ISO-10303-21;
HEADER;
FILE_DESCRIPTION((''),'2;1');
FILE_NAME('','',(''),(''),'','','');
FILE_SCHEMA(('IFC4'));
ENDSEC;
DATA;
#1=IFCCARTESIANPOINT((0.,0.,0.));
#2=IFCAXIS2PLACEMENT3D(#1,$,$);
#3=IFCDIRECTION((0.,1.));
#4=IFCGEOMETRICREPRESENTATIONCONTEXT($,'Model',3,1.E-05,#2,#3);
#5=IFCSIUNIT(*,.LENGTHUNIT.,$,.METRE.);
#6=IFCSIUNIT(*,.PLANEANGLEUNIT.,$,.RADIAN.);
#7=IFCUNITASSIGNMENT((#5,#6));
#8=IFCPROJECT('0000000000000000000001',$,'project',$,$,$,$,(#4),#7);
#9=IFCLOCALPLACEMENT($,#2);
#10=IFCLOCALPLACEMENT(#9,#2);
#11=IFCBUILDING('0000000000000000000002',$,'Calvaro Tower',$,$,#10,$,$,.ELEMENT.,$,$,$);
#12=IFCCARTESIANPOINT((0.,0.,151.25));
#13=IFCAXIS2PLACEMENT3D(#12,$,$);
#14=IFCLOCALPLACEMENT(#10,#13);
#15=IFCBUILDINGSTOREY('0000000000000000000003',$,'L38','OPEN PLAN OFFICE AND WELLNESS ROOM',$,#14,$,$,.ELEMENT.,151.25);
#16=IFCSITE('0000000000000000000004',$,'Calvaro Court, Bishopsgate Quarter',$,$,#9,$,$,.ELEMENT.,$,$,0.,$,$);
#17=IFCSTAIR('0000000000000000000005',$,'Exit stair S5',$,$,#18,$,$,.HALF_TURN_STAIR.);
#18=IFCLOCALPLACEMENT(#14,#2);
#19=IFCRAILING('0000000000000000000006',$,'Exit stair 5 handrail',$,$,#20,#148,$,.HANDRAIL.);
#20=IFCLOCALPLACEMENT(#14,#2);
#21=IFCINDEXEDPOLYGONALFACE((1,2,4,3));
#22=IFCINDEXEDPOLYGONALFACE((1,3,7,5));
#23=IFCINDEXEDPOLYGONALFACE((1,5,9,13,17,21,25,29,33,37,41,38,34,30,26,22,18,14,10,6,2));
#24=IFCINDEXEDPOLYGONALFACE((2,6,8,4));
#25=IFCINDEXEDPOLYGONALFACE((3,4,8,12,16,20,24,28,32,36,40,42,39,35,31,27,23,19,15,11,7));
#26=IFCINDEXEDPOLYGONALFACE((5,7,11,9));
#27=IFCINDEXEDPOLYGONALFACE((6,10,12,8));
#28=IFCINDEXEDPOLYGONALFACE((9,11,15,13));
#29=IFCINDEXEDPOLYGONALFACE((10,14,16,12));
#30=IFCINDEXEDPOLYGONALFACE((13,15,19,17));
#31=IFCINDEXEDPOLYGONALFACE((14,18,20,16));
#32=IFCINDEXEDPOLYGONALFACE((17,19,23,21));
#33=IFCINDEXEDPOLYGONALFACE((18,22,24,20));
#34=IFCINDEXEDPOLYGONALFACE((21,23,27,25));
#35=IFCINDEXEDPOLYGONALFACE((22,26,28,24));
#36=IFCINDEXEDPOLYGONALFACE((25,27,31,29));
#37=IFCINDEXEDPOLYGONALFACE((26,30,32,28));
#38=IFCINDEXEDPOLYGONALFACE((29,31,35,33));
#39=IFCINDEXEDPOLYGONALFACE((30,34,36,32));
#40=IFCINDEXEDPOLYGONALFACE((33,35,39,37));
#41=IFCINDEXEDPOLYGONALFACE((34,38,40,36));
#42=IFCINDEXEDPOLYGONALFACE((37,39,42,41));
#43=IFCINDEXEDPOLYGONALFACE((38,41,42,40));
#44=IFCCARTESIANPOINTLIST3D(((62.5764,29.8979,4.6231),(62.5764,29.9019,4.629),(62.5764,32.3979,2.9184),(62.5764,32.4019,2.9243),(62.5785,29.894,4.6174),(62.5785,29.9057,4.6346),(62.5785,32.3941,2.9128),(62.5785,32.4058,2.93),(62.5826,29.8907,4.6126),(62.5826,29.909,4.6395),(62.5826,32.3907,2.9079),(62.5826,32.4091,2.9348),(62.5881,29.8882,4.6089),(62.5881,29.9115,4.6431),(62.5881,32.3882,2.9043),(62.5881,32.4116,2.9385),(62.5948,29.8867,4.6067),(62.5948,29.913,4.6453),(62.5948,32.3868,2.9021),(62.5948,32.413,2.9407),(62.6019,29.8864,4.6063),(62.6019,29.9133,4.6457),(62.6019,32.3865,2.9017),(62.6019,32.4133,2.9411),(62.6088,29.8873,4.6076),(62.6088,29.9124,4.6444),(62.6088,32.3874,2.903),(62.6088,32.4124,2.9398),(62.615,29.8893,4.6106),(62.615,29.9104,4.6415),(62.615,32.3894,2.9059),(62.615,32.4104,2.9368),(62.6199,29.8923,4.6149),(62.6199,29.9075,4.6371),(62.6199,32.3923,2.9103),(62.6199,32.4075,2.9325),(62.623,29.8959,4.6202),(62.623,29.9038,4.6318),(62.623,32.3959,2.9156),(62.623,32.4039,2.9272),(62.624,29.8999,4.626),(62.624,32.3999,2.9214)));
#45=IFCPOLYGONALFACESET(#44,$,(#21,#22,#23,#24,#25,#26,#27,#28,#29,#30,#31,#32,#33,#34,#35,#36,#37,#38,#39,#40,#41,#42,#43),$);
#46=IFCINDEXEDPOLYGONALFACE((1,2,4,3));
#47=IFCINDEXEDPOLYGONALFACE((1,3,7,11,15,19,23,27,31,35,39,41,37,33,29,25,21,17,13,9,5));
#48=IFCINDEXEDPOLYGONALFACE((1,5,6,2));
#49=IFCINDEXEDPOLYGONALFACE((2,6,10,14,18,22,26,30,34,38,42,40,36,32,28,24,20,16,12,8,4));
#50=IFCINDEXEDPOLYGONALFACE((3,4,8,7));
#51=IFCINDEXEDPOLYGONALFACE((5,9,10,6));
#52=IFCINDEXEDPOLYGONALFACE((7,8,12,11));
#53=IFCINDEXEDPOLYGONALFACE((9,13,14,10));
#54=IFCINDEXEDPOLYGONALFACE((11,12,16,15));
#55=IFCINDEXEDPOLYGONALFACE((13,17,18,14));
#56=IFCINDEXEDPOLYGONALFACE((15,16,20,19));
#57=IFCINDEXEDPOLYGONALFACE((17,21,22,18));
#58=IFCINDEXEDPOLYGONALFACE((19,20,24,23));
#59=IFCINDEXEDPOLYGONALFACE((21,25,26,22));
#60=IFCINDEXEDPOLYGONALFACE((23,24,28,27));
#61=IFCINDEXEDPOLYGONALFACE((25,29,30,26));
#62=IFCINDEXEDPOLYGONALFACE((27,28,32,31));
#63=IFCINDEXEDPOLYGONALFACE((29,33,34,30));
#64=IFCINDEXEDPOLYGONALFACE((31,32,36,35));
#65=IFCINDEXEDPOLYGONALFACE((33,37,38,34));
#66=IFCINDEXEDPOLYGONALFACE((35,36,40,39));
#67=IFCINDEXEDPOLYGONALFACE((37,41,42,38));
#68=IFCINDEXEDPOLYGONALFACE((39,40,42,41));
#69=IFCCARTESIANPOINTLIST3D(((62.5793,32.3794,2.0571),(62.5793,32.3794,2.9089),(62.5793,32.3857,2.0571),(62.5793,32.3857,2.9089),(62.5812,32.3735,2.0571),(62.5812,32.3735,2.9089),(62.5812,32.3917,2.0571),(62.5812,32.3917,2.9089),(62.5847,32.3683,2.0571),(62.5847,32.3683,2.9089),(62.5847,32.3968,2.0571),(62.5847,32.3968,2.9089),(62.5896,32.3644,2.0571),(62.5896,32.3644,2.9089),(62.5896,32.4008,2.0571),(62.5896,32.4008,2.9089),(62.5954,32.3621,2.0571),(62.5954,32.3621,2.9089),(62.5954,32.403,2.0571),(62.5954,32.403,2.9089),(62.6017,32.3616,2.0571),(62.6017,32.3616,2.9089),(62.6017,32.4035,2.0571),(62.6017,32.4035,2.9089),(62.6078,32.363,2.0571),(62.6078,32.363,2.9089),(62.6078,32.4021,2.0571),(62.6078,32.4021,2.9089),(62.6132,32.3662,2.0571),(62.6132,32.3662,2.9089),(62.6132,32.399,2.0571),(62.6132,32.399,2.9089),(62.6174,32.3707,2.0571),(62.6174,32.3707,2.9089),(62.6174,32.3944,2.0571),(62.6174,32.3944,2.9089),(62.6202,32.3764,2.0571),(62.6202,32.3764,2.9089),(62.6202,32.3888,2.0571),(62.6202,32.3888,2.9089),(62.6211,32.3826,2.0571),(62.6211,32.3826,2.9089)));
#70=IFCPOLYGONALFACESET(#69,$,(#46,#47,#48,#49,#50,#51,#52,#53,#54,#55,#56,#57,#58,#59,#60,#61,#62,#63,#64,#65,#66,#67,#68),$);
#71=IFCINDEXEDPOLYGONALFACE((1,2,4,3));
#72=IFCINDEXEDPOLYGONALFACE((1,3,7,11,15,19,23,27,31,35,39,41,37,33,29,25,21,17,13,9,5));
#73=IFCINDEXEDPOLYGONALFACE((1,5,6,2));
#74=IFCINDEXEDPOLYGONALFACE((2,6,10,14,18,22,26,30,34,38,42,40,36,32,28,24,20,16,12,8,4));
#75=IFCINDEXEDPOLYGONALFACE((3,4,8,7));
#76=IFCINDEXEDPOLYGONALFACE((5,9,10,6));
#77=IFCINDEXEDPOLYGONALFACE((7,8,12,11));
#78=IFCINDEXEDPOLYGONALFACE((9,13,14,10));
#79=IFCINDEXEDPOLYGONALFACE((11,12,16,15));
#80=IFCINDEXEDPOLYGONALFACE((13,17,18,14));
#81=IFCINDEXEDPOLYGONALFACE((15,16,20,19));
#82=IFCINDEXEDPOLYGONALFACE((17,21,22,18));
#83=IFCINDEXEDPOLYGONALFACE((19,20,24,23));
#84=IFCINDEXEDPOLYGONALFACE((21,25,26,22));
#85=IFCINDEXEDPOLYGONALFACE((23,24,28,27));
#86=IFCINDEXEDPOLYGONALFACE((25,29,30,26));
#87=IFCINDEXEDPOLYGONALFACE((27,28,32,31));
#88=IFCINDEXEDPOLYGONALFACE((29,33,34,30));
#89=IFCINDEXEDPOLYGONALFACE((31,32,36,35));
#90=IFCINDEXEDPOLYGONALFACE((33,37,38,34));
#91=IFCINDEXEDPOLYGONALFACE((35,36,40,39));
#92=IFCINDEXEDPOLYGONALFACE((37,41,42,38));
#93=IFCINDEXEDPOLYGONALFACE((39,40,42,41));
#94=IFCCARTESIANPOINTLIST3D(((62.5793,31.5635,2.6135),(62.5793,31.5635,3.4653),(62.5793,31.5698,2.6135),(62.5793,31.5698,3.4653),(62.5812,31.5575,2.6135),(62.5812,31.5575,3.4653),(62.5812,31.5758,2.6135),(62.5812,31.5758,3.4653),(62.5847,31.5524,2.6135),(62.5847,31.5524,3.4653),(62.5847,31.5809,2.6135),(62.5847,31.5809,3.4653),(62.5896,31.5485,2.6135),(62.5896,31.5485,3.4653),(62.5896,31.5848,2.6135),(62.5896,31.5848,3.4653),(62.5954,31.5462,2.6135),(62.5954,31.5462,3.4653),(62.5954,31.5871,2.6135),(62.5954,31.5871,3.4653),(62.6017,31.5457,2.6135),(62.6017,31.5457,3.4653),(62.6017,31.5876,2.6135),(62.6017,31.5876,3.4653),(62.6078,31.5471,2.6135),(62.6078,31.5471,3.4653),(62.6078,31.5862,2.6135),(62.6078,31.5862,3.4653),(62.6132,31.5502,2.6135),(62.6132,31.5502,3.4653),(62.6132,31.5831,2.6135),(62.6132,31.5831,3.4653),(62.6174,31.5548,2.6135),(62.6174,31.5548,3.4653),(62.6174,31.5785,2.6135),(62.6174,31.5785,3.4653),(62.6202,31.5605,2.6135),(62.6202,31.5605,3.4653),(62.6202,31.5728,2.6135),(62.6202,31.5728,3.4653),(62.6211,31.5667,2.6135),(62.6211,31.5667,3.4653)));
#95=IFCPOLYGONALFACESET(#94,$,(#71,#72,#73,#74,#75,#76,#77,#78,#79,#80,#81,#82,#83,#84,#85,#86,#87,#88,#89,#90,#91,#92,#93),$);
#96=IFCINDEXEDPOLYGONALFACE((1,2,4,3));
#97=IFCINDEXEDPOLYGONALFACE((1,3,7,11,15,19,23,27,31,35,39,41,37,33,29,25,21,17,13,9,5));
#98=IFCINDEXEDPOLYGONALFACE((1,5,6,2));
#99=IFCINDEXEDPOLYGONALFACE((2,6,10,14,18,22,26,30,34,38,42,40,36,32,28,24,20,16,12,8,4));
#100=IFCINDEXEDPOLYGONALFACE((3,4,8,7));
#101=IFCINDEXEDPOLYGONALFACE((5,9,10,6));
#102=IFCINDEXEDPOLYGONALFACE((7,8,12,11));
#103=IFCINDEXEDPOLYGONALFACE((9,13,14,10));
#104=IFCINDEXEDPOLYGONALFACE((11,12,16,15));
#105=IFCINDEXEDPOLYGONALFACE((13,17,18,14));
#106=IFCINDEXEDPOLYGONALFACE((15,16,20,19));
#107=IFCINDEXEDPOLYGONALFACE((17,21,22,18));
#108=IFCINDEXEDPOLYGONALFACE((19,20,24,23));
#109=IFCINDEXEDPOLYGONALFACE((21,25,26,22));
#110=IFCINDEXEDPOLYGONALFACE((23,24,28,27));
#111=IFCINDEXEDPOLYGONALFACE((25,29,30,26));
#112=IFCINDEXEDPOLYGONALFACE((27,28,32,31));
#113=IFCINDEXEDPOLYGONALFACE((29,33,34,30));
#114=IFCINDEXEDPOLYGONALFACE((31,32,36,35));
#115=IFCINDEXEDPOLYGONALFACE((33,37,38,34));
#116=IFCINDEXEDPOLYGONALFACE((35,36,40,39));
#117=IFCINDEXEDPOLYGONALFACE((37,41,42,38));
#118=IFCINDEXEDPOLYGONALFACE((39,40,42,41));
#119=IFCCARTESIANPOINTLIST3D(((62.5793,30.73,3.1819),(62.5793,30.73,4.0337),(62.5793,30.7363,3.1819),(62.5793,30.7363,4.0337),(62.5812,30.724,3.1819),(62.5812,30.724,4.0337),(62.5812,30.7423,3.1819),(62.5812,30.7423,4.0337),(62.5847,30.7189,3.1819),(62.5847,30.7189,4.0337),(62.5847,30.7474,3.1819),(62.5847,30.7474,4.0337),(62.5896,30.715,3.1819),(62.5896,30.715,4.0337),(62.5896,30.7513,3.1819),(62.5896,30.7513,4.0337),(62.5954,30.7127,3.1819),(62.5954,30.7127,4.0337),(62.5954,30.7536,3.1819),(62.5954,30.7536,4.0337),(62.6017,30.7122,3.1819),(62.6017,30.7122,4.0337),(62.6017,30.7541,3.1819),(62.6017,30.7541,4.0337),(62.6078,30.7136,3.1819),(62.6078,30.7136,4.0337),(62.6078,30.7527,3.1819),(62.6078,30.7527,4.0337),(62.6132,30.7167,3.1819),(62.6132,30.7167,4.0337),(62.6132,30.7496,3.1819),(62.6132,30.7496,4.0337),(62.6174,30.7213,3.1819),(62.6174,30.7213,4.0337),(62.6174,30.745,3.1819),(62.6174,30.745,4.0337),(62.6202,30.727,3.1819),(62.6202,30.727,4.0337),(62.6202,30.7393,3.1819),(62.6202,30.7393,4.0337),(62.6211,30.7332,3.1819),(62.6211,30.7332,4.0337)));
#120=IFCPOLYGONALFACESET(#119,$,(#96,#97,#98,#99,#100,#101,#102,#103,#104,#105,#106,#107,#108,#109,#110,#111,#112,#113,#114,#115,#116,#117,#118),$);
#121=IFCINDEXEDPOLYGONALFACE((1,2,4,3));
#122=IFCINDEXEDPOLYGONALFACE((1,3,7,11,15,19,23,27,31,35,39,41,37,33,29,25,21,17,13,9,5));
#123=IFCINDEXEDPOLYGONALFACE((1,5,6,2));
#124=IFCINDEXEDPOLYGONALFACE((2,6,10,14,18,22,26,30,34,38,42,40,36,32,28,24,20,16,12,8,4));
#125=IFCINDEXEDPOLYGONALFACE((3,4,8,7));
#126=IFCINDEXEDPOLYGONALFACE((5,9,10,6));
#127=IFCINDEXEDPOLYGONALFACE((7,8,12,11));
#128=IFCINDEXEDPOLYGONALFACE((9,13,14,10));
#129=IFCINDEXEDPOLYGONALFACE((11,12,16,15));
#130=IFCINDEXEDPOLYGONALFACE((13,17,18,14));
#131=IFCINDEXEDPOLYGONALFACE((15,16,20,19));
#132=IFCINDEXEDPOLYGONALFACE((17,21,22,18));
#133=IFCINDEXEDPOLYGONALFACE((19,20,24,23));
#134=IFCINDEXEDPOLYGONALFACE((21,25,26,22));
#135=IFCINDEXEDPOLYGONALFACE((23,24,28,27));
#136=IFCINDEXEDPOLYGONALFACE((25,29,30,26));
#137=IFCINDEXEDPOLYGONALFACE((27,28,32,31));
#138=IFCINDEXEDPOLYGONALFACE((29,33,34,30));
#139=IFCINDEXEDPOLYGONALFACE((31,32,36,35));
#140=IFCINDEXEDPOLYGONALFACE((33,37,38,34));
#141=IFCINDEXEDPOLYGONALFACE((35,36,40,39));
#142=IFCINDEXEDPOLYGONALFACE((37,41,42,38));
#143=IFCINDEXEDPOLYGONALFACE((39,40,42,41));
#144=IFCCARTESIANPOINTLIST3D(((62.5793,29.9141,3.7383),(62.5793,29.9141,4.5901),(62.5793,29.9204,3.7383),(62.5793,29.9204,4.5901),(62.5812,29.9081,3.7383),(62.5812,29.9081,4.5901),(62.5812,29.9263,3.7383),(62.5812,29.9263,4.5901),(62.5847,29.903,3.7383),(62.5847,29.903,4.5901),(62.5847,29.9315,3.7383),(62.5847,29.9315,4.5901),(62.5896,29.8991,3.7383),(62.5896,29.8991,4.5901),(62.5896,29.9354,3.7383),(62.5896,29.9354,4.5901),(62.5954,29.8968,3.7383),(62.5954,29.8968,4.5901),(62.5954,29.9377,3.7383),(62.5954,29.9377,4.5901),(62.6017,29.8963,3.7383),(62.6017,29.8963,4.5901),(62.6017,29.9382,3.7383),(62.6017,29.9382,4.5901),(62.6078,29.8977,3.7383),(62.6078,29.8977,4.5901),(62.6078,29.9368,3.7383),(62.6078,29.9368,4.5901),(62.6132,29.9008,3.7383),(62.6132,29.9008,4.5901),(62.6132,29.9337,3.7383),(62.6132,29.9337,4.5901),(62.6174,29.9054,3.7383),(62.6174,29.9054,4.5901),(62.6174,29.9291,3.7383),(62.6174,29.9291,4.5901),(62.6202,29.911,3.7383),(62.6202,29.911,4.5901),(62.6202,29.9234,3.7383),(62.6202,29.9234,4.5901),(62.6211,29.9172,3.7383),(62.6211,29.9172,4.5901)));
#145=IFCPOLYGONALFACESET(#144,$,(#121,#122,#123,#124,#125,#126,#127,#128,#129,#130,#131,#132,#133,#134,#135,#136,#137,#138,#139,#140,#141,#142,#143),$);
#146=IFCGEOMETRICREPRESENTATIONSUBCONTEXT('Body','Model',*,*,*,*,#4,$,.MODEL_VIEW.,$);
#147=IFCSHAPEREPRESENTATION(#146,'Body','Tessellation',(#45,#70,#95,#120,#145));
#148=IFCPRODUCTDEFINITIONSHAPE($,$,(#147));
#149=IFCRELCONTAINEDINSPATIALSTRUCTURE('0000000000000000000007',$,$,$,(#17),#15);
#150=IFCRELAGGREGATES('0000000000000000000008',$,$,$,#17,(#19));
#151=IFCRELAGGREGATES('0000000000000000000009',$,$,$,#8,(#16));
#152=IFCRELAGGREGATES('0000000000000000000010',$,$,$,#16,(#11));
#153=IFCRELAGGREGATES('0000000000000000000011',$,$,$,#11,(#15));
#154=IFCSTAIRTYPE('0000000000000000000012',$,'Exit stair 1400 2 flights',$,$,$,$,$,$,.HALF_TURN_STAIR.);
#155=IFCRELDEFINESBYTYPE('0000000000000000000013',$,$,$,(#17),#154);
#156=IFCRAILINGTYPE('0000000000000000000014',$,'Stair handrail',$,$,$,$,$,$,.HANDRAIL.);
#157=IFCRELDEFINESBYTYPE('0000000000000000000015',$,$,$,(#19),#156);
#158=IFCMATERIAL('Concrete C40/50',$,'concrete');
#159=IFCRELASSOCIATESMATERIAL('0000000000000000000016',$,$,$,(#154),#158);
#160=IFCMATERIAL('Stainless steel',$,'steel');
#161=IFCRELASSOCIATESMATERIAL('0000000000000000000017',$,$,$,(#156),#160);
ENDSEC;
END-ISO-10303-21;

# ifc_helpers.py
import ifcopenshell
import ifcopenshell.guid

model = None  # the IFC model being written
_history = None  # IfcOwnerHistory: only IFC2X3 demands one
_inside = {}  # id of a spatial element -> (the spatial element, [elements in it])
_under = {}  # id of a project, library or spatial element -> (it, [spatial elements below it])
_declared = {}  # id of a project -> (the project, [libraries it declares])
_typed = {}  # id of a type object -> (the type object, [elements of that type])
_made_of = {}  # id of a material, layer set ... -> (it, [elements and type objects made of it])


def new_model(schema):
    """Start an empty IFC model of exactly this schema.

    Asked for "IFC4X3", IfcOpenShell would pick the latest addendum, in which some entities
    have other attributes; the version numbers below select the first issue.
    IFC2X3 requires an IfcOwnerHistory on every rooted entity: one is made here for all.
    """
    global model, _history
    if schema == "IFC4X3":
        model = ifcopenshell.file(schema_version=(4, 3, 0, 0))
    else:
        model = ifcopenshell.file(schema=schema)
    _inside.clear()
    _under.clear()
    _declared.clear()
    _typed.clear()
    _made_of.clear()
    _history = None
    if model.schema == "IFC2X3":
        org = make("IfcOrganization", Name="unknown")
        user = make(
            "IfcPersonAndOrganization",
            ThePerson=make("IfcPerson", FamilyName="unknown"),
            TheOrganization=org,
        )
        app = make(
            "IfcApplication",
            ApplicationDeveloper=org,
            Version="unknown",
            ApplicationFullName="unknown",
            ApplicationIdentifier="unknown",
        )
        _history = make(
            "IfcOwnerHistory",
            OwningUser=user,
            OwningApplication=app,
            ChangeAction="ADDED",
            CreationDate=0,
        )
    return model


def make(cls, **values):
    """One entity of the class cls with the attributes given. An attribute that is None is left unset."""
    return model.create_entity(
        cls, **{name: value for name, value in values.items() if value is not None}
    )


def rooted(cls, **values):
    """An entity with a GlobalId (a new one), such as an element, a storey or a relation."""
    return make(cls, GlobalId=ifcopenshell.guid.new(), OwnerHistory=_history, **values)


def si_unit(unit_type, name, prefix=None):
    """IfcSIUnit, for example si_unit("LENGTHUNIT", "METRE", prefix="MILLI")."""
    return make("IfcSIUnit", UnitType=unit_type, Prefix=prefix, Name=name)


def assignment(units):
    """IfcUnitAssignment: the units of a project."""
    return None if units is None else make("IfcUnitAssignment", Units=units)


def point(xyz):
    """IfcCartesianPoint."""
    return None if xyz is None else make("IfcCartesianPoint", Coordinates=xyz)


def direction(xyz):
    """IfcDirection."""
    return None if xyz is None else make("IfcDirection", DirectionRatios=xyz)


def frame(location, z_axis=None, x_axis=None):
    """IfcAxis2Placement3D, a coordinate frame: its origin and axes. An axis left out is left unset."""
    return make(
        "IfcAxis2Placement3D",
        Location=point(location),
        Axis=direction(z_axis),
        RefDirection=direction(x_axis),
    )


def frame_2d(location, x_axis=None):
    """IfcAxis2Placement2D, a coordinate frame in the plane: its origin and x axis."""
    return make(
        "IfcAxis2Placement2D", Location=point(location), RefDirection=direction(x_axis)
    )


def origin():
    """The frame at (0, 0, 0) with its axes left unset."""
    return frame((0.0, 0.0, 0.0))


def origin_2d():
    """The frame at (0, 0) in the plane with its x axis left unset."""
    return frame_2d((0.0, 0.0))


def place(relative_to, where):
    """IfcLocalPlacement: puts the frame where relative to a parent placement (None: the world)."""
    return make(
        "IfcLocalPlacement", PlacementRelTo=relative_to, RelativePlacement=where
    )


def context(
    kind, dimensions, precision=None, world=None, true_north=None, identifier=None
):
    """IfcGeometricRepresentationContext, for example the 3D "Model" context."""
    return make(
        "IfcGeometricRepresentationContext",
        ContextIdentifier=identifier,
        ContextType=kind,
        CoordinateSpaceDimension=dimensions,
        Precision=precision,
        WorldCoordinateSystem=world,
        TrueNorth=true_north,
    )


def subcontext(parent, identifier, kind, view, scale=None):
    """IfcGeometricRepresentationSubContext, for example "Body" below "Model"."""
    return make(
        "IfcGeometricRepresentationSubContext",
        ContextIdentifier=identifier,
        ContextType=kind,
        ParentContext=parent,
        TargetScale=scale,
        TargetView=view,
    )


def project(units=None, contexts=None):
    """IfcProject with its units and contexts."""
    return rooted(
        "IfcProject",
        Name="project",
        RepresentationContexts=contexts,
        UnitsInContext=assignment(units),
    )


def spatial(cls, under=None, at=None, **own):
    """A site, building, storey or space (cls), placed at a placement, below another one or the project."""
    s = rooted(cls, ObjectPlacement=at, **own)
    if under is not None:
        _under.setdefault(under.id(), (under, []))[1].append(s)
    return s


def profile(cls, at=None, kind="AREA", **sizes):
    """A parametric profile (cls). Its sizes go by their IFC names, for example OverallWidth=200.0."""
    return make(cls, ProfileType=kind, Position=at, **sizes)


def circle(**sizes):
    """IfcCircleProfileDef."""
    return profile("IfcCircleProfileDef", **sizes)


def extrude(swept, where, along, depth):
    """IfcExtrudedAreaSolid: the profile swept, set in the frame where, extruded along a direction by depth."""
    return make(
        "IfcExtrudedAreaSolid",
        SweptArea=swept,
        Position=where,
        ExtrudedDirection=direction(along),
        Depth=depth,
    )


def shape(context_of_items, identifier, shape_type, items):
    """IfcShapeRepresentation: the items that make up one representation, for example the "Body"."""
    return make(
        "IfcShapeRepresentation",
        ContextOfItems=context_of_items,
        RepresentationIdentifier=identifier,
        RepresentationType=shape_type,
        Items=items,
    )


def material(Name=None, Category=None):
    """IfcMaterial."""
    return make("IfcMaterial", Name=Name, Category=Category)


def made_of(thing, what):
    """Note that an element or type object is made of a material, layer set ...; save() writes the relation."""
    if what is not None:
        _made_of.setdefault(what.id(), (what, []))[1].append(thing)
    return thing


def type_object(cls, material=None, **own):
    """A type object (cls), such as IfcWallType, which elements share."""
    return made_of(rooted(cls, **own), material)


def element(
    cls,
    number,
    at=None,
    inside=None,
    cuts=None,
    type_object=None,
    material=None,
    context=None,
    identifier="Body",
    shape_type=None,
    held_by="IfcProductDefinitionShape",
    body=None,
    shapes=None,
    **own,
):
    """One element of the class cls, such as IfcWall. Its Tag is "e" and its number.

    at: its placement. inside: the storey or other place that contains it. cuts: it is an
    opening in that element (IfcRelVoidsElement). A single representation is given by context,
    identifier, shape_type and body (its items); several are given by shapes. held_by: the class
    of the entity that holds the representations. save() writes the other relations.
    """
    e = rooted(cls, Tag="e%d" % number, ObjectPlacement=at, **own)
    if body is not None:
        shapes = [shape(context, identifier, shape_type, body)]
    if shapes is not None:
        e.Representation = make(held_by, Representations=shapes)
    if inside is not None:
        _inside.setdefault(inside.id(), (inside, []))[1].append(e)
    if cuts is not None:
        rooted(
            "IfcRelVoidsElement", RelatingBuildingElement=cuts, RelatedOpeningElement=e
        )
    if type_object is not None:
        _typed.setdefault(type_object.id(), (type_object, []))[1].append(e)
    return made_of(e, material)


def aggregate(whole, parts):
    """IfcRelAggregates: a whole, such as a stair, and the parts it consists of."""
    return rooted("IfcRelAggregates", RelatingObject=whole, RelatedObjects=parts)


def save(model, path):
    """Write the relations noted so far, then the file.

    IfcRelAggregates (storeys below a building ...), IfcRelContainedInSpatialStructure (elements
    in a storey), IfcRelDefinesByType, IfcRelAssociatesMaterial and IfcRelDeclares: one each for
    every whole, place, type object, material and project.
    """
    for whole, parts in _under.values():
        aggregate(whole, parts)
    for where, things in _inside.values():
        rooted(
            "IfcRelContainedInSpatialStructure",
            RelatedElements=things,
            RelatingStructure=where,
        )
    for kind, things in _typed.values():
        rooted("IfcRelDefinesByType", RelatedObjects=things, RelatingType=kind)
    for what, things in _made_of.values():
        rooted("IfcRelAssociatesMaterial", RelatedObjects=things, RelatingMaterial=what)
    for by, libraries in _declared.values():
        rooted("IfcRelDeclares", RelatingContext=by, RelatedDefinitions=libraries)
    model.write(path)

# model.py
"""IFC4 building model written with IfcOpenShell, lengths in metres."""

from ifc_helpers import new_model, si_unit, direction, frame, origin, origin_2d, place, context, subcontext, project, spatial, circle, extrude, material, type_object, element, aggregate, save


model = new_model("IFC4")

# Units and contexts
model_context = context("Model", 3, precision=1e-05, world=origin(), true_north=direction((0.0, 1.0)))
body_context = subcontext(model_context, "Body", "Model", "MODEL_VIEW")
ifc_project = project(units=[si_unit("LENGTHUNIT", "METRE"), si_unit("PLANEANGLEUNIT", "RADIAN")], contexts=[model_context])

# Site, building, storey
site_placement = place(None, origin())
site = spatial("IfcSite", under=ifc_project, at=site_placement, Name="Calvaro Court, Bishopsgate Quarter", CompositionType="ELEMENT", RefElevation=0.0)
building_placement = place(site_placement, origin())
building = spatial("IfcBuilding", under=site, at=building_placement, Name="Calvaro Tower", CompositionType="ELEMENT")
storey_placement = place(building_placement, frame((0.0, 0.0, 151.25)))
storey = spatial("IfcBuildingStorey", under=building, at=storey_placement, Name="L38", Description="OPEN PLAN OFFICE AND WELLNESS ROOM", CompositionType="ELEMENT", Elevation=151.25)

# Stair, railing
ifc_material_1 = material(Name="Concrete C40/50", Category="concrete")
stair_type = type_object("IfcStairType", Name="Exit stair 1400 2 flights", PredefinedType="HALF_TURN_STAIR", material=ifc_material_1)
stair_placement = place(storey_placement, origin())
stair = element("IfcStair", 1, at=stair_placement, inside=storey, type_object=stair_type, Name="Exit stair S5", PredefinedType="HALF_TURN_STAIR")
ifc_material_2 = material(Name="Stainless steel", Category="steel")
railing_type = type_object("IfcRailingType", Name="Stair handrail", PredefinedType="HANDRAIL", material=ifc_material_2)
railing_1_placement = place(storey_placement, frame((62.6001, 32.3999, 2.0454)))
railing_1 = element("IfcRailing", 2, at=railing_1_placement, type_object=railing_type, Name="Exit stair 5 handrail", PredefinedType="HANDRAIL", context=body_context, shape_type="SweptSolid", body=[
    extrude(circle(Radius=0.0239, at=origin_2d()), frame((0.0, 0.0, 0.876), z_axis=(0.0, -0.826221, 0.563347), x_axis=(1.0, 0.0, 0.0)), (0.0, 0.0, 1.0), 3.0259),
    extrude(circle(Radius=0.021, at=origin_2d()), frame((0.0, -0.0173, 0.0117)), (0.0, 0.0, 1.0), 0.8518),
    extrude(circle(Radius=0.021, at=origin_2d()), frame((0.0, -0.8333, 0.5681)), (0.0, 0.0, 1.0), 0.8518),
    extrude(circle(Radius=0.021, at=origin_2d()), frame((0.0, -1.6667, 1.1365)), (0.0, 0.0, 1.0), 0.8518),
    extrude(circle(Radius=0.021, at=origin_2d()), frame((0.0, -2.4827, 1.6929)), (0.0, 0.0, 1.0), 0.8518),
])
aggregate(stair, [railing_1])

save(model, "model.ifc")
